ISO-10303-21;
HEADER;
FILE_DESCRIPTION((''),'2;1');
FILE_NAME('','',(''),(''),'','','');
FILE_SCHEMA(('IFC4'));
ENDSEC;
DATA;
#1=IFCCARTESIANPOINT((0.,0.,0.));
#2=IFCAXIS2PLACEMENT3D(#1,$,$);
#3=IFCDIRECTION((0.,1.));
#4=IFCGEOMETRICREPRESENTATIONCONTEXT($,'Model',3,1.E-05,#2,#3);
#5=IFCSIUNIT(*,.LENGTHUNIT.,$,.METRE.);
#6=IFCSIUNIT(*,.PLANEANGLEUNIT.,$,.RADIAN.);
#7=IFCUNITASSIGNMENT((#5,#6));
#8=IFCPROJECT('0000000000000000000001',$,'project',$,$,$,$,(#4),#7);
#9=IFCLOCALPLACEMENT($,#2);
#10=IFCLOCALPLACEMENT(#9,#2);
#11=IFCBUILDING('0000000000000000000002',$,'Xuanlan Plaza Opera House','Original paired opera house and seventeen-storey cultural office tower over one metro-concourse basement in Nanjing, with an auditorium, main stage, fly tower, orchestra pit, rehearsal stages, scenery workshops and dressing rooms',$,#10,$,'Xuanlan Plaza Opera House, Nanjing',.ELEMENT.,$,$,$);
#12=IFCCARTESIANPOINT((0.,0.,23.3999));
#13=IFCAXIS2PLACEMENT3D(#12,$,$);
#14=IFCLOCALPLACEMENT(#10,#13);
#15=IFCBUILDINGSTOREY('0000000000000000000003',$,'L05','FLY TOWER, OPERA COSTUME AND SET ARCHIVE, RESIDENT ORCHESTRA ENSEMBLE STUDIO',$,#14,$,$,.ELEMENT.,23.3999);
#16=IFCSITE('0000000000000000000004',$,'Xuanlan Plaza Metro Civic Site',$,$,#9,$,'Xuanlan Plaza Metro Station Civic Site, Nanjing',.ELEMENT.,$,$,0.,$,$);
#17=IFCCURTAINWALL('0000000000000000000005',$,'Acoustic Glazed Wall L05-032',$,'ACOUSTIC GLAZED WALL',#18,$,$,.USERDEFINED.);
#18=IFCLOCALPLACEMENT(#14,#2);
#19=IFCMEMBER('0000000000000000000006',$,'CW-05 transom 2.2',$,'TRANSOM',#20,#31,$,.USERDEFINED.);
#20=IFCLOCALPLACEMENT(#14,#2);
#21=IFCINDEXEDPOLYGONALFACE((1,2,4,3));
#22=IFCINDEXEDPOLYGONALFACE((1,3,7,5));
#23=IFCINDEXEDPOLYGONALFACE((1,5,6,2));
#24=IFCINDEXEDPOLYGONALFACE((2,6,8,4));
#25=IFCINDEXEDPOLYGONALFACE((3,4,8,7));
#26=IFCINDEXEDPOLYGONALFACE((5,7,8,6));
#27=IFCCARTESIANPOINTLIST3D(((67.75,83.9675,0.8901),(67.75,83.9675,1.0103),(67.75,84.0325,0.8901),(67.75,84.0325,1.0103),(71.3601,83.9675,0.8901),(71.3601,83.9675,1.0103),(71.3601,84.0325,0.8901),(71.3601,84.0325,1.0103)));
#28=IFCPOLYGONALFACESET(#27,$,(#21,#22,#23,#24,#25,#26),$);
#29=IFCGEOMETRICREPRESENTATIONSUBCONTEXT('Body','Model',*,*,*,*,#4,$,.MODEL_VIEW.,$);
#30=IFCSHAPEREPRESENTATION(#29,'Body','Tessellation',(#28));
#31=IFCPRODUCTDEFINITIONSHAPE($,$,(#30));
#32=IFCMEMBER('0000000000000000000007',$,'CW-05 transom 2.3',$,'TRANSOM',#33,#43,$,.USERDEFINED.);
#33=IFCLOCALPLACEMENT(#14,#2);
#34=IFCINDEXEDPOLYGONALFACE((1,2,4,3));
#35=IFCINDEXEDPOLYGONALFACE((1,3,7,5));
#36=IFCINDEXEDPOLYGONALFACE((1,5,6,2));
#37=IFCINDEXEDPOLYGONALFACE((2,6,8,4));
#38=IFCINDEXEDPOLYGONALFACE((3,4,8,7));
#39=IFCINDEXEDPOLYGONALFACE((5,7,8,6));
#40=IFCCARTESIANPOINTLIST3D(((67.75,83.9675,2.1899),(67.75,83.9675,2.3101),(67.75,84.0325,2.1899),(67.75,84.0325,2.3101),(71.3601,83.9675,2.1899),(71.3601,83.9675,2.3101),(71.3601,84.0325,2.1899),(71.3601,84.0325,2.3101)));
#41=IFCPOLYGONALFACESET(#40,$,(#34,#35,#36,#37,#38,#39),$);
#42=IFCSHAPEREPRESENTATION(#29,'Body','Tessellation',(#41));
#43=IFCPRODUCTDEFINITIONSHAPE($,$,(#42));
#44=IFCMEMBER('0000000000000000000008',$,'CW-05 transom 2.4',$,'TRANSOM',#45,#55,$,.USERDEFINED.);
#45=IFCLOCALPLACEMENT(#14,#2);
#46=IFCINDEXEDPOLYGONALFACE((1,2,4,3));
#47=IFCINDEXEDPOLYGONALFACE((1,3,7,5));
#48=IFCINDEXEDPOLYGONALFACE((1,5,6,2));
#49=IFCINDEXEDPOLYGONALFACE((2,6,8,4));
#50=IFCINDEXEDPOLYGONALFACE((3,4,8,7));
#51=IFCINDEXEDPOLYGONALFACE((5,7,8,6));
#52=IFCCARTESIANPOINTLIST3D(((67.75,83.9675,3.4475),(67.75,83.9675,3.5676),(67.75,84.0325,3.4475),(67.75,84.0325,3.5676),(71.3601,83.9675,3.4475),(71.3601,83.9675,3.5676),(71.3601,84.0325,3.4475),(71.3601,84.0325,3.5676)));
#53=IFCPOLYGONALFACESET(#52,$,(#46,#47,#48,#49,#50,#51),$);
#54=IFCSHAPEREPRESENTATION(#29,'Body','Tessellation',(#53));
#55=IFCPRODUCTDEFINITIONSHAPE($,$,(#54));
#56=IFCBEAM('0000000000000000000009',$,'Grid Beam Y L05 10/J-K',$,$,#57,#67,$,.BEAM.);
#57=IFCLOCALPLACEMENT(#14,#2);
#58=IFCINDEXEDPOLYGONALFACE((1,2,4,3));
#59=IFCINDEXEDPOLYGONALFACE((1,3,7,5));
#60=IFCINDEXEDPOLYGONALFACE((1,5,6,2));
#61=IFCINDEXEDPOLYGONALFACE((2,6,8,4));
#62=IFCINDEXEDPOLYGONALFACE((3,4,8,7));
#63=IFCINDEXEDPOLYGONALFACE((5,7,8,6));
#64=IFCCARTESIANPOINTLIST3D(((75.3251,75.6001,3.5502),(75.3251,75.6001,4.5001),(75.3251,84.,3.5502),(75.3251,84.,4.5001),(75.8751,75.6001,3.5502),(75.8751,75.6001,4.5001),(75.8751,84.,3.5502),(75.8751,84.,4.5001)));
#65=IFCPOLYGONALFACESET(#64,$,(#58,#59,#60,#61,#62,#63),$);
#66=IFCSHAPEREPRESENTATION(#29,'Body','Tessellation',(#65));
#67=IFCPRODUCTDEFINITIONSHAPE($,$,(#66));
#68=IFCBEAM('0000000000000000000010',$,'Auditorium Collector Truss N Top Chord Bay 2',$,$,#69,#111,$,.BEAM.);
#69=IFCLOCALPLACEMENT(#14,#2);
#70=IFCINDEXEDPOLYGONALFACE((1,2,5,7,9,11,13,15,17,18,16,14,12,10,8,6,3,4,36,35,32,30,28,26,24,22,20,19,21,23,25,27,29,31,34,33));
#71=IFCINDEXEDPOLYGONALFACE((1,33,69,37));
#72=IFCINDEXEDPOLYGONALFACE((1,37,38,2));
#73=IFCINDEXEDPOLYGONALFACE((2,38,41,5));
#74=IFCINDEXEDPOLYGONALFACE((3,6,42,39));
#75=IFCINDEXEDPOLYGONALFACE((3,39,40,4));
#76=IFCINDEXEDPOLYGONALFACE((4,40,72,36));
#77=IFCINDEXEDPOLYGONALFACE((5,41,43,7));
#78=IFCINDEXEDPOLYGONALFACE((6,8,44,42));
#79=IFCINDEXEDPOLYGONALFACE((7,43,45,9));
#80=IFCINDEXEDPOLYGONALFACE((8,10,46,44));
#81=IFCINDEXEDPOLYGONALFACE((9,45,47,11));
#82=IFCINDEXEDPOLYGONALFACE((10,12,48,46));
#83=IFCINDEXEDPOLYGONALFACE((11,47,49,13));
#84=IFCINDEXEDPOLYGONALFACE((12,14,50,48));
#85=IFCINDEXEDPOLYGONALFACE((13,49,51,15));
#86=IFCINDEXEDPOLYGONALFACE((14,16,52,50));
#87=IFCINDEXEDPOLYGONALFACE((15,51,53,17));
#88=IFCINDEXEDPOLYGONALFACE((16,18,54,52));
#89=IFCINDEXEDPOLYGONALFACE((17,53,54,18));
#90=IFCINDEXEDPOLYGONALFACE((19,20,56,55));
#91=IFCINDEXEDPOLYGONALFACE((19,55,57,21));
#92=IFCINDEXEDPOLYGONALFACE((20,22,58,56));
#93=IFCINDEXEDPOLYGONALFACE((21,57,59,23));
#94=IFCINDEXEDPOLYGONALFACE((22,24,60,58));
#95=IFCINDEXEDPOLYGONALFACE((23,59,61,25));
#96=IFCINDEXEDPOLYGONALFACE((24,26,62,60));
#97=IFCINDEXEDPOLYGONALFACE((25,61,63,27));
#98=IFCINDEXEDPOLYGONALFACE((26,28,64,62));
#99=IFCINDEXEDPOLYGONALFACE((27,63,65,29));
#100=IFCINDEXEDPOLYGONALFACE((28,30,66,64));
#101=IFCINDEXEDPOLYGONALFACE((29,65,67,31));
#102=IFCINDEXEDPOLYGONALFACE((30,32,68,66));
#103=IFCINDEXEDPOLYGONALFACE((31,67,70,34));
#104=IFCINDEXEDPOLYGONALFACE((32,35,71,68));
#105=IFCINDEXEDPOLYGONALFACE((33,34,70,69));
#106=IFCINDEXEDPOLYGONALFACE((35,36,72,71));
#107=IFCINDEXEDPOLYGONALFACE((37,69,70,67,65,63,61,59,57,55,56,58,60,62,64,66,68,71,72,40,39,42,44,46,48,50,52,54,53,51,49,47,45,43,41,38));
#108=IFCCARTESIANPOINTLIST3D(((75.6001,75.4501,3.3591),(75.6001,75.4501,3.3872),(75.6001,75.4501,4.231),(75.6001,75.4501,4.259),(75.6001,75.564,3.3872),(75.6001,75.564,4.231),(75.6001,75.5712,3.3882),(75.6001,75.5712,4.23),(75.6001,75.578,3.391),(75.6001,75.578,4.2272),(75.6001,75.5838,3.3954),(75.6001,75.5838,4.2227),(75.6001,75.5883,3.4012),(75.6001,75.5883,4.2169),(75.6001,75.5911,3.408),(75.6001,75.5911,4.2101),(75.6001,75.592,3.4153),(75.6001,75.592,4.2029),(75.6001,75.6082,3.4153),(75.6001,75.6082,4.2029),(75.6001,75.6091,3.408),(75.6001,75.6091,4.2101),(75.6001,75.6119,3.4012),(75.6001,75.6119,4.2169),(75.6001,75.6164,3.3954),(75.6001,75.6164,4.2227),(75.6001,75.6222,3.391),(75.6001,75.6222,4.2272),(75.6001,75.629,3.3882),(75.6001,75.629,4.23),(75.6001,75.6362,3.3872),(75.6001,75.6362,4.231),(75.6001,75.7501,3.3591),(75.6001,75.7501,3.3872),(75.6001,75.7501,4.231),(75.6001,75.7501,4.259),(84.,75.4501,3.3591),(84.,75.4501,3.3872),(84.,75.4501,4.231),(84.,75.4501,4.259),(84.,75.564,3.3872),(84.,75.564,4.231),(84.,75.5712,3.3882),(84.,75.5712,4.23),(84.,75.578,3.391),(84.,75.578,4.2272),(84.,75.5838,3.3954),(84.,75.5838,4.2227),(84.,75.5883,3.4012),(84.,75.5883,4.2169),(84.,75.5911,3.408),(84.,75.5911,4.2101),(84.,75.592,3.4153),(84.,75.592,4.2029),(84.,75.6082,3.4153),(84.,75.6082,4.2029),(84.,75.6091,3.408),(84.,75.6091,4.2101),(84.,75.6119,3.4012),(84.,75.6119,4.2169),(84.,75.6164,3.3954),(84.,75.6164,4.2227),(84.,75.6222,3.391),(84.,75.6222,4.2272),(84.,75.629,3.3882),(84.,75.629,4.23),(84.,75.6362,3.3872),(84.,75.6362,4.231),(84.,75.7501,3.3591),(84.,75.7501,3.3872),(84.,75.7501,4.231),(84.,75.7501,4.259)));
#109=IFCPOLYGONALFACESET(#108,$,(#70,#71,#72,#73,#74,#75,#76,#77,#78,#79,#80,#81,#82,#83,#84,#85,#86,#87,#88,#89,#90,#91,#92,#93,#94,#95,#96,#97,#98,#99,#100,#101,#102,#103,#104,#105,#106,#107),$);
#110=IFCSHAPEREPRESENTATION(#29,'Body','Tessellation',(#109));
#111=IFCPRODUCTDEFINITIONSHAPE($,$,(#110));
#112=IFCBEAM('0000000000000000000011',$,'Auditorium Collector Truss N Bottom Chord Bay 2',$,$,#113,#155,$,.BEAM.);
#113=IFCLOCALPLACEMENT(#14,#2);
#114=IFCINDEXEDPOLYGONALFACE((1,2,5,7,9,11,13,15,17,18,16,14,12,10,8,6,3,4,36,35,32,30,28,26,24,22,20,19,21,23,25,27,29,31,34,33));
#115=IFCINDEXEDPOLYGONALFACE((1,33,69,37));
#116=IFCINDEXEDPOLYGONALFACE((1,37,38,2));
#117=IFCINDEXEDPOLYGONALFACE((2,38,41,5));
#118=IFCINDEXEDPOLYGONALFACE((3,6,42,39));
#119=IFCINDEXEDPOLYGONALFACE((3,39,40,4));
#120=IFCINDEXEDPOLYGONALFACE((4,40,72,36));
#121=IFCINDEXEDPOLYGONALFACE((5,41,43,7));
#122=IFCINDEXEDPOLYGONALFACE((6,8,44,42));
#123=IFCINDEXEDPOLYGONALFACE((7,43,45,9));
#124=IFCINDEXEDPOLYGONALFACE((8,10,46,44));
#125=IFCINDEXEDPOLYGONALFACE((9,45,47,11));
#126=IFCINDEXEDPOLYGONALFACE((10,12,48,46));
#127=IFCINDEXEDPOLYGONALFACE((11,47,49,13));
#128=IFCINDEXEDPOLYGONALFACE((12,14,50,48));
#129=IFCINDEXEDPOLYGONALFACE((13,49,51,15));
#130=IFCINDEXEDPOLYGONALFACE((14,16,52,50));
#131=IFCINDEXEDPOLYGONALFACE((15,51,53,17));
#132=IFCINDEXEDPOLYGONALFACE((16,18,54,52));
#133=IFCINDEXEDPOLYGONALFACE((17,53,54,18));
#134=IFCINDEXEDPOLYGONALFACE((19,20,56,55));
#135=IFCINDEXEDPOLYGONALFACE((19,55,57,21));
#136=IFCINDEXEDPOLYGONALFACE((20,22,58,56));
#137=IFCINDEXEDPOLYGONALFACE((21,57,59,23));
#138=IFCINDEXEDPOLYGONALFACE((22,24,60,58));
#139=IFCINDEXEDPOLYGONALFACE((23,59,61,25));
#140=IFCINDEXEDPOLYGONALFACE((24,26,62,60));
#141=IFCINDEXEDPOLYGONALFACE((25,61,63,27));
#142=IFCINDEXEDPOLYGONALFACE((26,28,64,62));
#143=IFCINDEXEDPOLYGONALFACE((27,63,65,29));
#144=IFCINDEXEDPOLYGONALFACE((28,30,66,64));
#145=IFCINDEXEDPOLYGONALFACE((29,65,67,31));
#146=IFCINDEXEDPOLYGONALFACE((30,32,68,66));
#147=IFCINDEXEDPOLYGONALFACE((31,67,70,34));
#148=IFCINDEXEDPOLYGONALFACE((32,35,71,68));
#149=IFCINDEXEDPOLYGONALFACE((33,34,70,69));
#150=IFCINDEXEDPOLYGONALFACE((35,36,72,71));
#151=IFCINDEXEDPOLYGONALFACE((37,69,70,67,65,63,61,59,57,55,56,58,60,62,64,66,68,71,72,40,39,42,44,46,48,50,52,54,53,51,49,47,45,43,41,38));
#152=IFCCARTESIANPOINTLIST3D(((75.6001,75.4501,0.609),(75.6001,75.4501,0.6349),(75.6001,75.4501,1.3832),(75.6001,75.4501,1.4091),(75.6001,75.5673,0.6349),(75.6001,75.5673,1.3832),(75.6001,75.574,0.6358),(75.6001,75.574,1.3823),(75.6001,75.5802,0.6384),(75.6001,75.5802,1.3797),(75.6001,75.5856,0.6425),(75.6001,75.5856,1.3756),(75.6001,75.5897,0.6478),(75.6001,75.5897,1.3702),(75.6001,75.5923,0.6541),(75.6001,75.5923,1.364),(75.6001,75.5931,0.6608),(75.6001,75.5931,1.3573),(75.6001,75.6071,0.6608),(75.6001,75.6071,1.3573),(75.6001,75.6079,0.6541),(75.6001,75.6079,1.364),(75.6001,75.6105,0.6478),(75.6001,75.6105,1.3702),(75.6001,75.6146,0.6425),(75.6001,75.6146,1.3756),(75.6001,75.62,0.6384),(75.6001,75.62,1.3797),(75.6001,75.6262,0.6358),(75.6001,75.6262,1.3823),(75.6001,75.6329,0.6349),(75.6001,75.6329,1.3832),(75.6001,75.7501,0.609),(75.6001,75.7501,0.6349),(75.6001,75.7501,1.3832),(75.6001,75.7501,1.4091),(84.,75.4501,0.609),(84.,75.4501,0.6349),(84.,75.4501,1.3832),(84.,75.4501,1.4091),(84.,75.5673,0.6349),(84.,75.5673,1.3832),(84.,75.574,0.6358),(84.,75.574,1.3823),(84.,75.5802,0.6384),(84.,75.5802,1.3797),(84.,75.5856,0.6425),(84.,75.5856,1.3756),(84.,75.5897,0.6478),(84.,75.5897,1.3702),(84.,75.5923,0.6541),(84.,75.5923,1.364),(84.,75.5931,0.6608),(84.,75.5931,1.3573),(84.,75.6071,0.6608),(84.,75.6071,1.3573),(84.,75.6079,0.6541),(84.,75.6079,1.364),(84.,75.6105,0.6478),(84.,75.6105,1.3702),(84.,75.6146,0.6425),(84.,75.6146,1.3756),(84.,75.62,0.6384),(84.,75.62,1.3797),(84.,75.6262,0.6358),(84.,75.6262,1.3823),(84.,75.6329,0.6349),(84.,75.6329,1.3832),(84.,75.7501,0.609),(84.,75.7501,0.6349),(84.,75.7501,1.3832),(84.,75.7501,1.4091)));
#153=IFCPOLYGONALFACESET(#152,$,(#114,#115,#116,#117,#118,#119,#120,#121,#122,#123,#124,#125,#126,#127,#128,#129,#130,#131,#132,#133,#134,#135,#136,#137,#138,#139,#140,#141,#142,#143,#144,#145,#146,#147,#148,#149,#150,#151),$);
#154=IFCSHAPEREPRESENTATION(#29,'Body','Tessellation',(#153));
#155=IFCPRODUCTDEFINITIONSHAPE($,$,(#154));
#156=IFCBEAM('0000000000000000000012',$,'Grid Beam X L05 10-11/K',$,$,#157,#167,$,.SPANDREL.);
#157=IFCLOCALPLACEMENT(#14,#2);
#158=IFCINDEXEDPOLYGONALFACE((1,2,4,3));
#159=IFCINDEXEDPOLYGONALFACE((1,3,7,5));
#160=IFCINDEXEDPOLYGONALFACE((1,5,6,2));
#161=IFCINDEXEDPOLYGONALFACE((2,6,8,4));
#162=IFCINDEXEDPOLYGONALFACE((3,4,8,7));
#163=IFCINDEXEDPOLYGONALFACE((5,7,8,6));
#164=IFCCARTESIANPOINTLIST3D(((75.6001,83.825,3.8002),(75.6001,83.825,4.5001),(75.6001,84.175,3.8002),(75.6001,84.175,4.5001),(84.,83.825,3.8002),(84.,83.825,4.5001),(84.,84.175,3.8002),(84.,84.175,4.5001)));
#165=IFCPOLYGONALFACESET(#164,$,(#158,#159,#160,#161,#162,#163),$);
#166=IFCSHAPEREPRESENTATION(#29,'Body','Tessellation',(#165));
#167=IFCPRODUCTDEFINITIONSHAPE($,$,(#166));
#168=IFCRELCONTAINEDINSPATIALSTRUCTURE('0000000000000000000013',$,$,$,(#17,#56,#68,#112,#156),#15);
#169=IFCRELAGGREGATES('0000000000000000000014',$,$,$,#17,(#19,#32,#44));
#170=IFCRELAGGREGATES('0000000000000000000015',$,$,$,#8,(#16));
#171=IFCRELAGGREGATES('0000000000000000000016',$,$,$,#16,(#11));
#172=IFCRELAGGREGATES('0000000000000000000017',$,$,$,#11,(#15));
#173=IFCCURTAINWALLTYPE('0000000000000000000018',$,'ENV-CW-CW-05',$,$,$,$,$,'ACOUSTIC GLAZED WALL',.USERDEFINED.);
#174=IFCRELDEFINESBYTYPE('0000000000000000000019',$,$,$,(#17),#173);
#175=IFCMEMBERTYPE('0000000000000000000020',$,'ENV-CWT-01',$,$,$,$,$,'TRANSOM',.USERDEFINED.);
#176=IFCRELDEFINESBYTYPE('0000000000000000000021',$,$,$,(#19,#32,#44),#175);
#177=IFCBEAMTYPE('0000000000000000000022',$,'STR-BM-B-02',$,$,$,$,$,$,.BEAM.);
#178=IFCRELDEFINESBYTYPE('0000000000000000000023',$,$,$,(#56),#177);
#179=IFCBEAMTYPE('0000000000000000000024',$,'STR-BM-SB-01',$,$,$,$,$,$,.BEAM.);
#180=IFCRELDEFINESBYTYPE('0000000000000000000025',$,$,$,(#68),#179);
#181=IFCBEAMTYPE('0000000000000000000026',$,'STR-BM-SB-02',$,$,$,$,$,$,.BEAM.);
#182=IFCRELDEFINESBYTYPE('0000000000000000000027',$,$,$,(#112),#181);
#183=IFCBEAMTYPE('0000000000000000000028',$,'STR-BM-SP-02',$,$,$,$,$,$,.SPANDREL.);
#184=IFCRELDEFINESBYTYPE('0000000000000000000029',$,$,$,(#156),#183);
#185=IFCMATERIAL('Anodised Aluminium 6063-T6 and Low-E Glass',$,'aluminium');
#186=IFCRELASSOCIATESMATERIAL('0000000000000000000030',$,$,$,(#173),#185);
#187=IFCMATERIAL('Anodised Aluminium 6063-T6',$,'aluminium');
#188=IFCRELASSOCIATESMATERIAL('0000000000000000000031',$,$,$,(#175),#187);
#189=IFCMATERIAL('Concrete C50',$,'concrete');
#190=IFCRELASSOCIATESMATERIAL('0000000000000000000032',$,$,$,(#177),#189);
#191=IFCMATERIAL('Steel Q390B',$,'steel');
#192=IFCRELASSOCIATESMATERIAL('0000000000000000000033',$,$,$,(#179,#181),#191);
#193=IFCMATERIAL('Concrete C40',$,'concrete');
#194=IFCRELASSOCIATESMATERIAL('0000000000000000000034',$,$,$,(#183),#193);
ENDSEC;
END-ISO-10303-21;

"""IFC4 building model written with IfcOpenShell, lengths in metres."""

from ifc_helpers import new_model, si_unit, direction, frame, origin, origin_2d, place, context, subcontext, project, spatial, rectangle, i_section, extrude, material, material_profile, profile_set, type_object, element, aggregate, save


model = new_model("IFC4")

# Units and contexts
model_context = context("Model", 3, precision=1e-05, world=origin(), true_north=direction((0.0, 1.0)))
body_context = subcontext(model_context, "Body", "Model", "MODEL_VIEW")
ifc_project = project(units=[si_unit("LENGTHUNIT", "METRE"), si_unit("PLANEANGLEUNIT", "RADIAN")], contexts=[model_context])

# Site, building, storey
site_placement = place(None, origin())
site = spatial("IfcSite", under=ifc_project, at=site_placement, Name="Xuanlan Plaza Metro Civic Site", LongName="Xuanlan Plaza Metro Station Civic Site, Nanjing", CompositionType="ELEMENT", RefElevation=0.0)
building_placement = place(site_placement, origin())
building = spatial("IfcBuilding", under=site, at=building_placement, Name="Xuanlan Plaza Opera House", Description="Original paired opera house and seventeen-storey cultural office tower over one metro-concourse basement in Nanjing, with an auditorium, main stage, fly tower, orchestra pit, rehearsal stages, scenery workshops and dressing rooms", LongName="Xuanlan Plaza Opera House, Nanjing", CompositionType="ELEMENT")
storey_placement = place(building_placement, frame((0.0, 0.0, 23.3999)))
storey = spatial("IfcBuildingStorey", under=building, at=storey_placement, Name="L05", Description="FLY TOWER, OPERA COSTUME AND SET ARCHIVE, RESIDENT ORCHESTRA ENSEMBLE STUDIO", CompositionType="ELEMENT", Elevation=23.3999)

# Shared definitions
ifc_material_1 = material(Name="Concrete C50", Category="concrete")
ifc_material_2 = material(Name="Concrete C40", Category="concrete")

# Shared definitions
ifc_material_3 = material(Name="Anodised Aluminium 6063-T6 and Low-E Glass", Category="aluminium")
ifc_material_4 = material(Name="Anodised Aluminium 6063-T6", Category="aluminium")

# Curtain wall, members
curtain_wall_type_1 = type_object("IfcCurtainWallType", Name="ENV-CW-CW-05", ElementType="ACOUSTIC GLAZED WALL", PredefinedType="USERDEFINED", material=ifc_material_3)
curtain_wall_1_placement = place(storey_placement, origin())
curtain_wall_1 = element("IfcCurtainWall", 1, at=curtain_wall_1_placement, inside=storey, type_object=curtain_wall_type_1, Name="Acoustic Glazed Wall L05-032", ObjectType="ACOUSTIC GLAZED WALL", PredefinedType="USERDEFINED")
ifc_material_profile_1 = material_profile(ifc_material_4, rectangle(XDim=0.0649, YDim=0.1201, at=origin_2d()), Name="ALU-T 65x120")
ifc_profile_set_1 = profile_set([ifc_material_profile_1], Name="Anodised Aluminium 6063-T6")
member_type_1 = type_object("IfcMemberType", Name="ENV-CWT-01", ElementType="TRANSOM", PredefinedType="USERDEFINED", material=ifc_profile_set_1)
member_1_placement = place(storey_placement, frame((71.3601, 84.0, 0.9502), z_axis=(-1.0, 0.0, 0.0), x_axis=(0.0, -1.0, 0.0)))
member_1 = element("IfcMember", 2, at=member_1_placement, type_object=member_type_1, Name="CW-05 transom 2.2", ObjectType="TRANSOM", PredefinedType="USERDEFINED", context=body_context, shape_type="SweptSolid", body=[
    extrude(rectangle(XDim=0.0649, YDim=0.1201, at=origin_2d()), origin(), (0.0, 0.0, 1.0), 3.6101),
])
member_2_placement = place(storey_placement, frame((71.3601, 84.0, 2.25), z_axis=(-1.0, 0.0, 0.0), x_axis=(0.0, -1.0, 0.0)))
member_2 = element("IfcMember", 3, at=member_2_placement, type_object=member_type_1, Name="CW-05 transom 2.3", ObjectType="TRANSOM", PredefinedType="USERDEFINED", context=body_context, shape_type="SweptSolid", body=[
    extrude(rectangle(XDim=0.0649, YDim=0.1201, at=origin_2d()), origin(), (0.0, 0.0, 1.0), 3.6101),
])
member_3_placement = place(storey_placement, frame((71.3601, 84.0, 3.5076), z_axis=(-1.0, 0.0, 0.0), x_axis=(0.0, -1.0, 0.0)))
member_3 = element("IfcMember", 4, at=member_3_placement, type_object=member_type_1, Name="CW-05 transom 2.4", ObjectType="TRANSOM", PredefinedType="USERDEFINED", context=body_context, shape_type="SweptSolid", body=[
    extrude(rectangle(XDim=0.0649, YDim=0.1201, at=origin_2d()), origin(), (0.0, 0.0, 1.0), 3.6101),
])

# Beams
ifc_material_profile_2 = material_profile(ifc_material_1, rectangle(XDim=0.55, YDim=0.95, at=origin_2d()), Name="RC-BM 550x950")
ifc_profile_set_2 = profile_set([ifc_material_profile_2], Name="Concrete C50")
beam_type_1 = type_object("IfcBeamType", Name="STR-BM-B-02", PredefinedType="BEAM", material=ifc_profile_set_2)
beam_1_placement = place(storey_placement, frame((75.6001, 75.6001, 4.0251), z_axis=(0.0, 1.0, 0.0), x_axis=(-1.0, 0.0, 0.0)))
element("IfcBeam", 5, at=beam_1_placement, inside=storey, type_object=beam_type_1, Name="Grid Beam Y L05 10/J-K", PredefinedType="BEAM", context=body_context, shape_type="SweptSolid", body=[
    extrude(rectangle(XDim=0.55, YDim=0.95, at=origin_2d()), origin(), (0.0, 0.0, 1.0), 8.3999),
])
ifc_material_5 = material(Name="Steel Q390B", Category="steel")
ifc_material_profile_3 = material_profile(ifc_material_5, i_section(OverallWidth=0.3, OverallDepth=0.8999, WebThickness=0.0161, FlangeThickness=0.0281, FilletRadius=0.0281, at=origin_2d()), Name="HN 900x300x16x28")
ifc_profile_set_3 = profile_set([ifc_material_profile_3], Name="Steel Q390B")
beam_type_2 = type_object("IfcBeamType", Name="STR-BM-SB-01", PredefinedType="BEAM", material=ifc_profile_set_3)
beam_2_placement = place(storey_placement, frame((75.6001, 75.6001, 3.8091), z_axis=(1.0, 0.0, 0.0), x_axis=(0.0, 1.0, 0.0)))
element("IfcBeam", 6, at=beam_2_placement, inside=storey, type_object=beam_type_2, Name="Auditorium Collector Truss N Top Chord Bay 2", PredefinedType="BEAM", context=body_context, shape_type="SweptSolid", body=[
    extrude(i_section(OverallWidth=0.3, OverallDepth=0.8999, WebThickness=0.0161, FlangeThickness=0.0281, FilletRadius=0.0281, at=origin_2d()), origin(), (0.0, 0.0, 1.0), 8.3999),
])
ifc_material_profile_4 = material_profile(ifc_material_5, i_section(OverallWidth=0.3, OverallDepth=0.8, WebThickness=0.0139, FlangeThickness=0.0259, FilletRadius=0.0259, at=origin_2d()), Name="HN 800x300x14x26")
ifc_profile_set_4 = profile_set([ifc_material_profile_4], Name="Steel Q390B")
beam_type_3 = type_object("IfcBeamType", Name="STR-BM-SB-02", PredefinedType="BEAM", material=ifc_profile_set_4)
beam_3_placement = place(storey_placement, frame((75.6001, 75.6001, 1.009), z_axis=(1.0, 0.0, 0.0), x_axis=(0.0, 1.0, 0.0)))
element("IfcBeam", 7, at=beam_3_placement, inside=storey, type_object=beam_type_3, Name="Auditorium Collector Truss N Bottom Chord Bay 2", PredefinedType="BEAM", context=body_context, shape_type="SweptSolid", body=[
    extrude(i_section(OverallWidth=0.3, OverallDepth=0.8, WebThickness=0.0139, FlangeThickness=0.0259, FilletRadius=0.0259, at=origin_2d()), origin(), (0.0, 0.0, 1.0), 8.3999),
])
ifc_material_profile_5 = material_profile(ifc_material_2, rectangle(XDim=0.3501, YDim=0.7, at=origin_2d()), Name="RC-SPD 350x700")
ifc_profile_set_5 = profile_set([ifc_material_profile_5], Name="Concrete C40")
beam_type_4 = type_object("IfcBeamType", Name="STR-BM-SP-02", PredefinedType="SPANDREL", material=ifc_profile_set_5)
beam_4_placement = place(storey_placement, frame((75.6001, 84.0, 4.1501), z_axis=(1.0, 0.0, 0.0), x_axis=(0.0, 1.0, 0.0)))
element("IfcBeam", 8, at=beam_4_placement, inside=storey, type_object=beam_type_4, Name="Grid Beam X L05 10-11/K", PredefinedType="SPANDREL", context=body_context, shape_type="SweptSolid", body=[
    extrude(rectangle(XDim=0.3501, YDim=0.7, at=origin_2d()), origin(), (0.0, 0.0, 1.0), 8.3999),
])

aggregate(curtain_wall_1, [member_1, member_2, member_3])

save(model, "model.ifc")
